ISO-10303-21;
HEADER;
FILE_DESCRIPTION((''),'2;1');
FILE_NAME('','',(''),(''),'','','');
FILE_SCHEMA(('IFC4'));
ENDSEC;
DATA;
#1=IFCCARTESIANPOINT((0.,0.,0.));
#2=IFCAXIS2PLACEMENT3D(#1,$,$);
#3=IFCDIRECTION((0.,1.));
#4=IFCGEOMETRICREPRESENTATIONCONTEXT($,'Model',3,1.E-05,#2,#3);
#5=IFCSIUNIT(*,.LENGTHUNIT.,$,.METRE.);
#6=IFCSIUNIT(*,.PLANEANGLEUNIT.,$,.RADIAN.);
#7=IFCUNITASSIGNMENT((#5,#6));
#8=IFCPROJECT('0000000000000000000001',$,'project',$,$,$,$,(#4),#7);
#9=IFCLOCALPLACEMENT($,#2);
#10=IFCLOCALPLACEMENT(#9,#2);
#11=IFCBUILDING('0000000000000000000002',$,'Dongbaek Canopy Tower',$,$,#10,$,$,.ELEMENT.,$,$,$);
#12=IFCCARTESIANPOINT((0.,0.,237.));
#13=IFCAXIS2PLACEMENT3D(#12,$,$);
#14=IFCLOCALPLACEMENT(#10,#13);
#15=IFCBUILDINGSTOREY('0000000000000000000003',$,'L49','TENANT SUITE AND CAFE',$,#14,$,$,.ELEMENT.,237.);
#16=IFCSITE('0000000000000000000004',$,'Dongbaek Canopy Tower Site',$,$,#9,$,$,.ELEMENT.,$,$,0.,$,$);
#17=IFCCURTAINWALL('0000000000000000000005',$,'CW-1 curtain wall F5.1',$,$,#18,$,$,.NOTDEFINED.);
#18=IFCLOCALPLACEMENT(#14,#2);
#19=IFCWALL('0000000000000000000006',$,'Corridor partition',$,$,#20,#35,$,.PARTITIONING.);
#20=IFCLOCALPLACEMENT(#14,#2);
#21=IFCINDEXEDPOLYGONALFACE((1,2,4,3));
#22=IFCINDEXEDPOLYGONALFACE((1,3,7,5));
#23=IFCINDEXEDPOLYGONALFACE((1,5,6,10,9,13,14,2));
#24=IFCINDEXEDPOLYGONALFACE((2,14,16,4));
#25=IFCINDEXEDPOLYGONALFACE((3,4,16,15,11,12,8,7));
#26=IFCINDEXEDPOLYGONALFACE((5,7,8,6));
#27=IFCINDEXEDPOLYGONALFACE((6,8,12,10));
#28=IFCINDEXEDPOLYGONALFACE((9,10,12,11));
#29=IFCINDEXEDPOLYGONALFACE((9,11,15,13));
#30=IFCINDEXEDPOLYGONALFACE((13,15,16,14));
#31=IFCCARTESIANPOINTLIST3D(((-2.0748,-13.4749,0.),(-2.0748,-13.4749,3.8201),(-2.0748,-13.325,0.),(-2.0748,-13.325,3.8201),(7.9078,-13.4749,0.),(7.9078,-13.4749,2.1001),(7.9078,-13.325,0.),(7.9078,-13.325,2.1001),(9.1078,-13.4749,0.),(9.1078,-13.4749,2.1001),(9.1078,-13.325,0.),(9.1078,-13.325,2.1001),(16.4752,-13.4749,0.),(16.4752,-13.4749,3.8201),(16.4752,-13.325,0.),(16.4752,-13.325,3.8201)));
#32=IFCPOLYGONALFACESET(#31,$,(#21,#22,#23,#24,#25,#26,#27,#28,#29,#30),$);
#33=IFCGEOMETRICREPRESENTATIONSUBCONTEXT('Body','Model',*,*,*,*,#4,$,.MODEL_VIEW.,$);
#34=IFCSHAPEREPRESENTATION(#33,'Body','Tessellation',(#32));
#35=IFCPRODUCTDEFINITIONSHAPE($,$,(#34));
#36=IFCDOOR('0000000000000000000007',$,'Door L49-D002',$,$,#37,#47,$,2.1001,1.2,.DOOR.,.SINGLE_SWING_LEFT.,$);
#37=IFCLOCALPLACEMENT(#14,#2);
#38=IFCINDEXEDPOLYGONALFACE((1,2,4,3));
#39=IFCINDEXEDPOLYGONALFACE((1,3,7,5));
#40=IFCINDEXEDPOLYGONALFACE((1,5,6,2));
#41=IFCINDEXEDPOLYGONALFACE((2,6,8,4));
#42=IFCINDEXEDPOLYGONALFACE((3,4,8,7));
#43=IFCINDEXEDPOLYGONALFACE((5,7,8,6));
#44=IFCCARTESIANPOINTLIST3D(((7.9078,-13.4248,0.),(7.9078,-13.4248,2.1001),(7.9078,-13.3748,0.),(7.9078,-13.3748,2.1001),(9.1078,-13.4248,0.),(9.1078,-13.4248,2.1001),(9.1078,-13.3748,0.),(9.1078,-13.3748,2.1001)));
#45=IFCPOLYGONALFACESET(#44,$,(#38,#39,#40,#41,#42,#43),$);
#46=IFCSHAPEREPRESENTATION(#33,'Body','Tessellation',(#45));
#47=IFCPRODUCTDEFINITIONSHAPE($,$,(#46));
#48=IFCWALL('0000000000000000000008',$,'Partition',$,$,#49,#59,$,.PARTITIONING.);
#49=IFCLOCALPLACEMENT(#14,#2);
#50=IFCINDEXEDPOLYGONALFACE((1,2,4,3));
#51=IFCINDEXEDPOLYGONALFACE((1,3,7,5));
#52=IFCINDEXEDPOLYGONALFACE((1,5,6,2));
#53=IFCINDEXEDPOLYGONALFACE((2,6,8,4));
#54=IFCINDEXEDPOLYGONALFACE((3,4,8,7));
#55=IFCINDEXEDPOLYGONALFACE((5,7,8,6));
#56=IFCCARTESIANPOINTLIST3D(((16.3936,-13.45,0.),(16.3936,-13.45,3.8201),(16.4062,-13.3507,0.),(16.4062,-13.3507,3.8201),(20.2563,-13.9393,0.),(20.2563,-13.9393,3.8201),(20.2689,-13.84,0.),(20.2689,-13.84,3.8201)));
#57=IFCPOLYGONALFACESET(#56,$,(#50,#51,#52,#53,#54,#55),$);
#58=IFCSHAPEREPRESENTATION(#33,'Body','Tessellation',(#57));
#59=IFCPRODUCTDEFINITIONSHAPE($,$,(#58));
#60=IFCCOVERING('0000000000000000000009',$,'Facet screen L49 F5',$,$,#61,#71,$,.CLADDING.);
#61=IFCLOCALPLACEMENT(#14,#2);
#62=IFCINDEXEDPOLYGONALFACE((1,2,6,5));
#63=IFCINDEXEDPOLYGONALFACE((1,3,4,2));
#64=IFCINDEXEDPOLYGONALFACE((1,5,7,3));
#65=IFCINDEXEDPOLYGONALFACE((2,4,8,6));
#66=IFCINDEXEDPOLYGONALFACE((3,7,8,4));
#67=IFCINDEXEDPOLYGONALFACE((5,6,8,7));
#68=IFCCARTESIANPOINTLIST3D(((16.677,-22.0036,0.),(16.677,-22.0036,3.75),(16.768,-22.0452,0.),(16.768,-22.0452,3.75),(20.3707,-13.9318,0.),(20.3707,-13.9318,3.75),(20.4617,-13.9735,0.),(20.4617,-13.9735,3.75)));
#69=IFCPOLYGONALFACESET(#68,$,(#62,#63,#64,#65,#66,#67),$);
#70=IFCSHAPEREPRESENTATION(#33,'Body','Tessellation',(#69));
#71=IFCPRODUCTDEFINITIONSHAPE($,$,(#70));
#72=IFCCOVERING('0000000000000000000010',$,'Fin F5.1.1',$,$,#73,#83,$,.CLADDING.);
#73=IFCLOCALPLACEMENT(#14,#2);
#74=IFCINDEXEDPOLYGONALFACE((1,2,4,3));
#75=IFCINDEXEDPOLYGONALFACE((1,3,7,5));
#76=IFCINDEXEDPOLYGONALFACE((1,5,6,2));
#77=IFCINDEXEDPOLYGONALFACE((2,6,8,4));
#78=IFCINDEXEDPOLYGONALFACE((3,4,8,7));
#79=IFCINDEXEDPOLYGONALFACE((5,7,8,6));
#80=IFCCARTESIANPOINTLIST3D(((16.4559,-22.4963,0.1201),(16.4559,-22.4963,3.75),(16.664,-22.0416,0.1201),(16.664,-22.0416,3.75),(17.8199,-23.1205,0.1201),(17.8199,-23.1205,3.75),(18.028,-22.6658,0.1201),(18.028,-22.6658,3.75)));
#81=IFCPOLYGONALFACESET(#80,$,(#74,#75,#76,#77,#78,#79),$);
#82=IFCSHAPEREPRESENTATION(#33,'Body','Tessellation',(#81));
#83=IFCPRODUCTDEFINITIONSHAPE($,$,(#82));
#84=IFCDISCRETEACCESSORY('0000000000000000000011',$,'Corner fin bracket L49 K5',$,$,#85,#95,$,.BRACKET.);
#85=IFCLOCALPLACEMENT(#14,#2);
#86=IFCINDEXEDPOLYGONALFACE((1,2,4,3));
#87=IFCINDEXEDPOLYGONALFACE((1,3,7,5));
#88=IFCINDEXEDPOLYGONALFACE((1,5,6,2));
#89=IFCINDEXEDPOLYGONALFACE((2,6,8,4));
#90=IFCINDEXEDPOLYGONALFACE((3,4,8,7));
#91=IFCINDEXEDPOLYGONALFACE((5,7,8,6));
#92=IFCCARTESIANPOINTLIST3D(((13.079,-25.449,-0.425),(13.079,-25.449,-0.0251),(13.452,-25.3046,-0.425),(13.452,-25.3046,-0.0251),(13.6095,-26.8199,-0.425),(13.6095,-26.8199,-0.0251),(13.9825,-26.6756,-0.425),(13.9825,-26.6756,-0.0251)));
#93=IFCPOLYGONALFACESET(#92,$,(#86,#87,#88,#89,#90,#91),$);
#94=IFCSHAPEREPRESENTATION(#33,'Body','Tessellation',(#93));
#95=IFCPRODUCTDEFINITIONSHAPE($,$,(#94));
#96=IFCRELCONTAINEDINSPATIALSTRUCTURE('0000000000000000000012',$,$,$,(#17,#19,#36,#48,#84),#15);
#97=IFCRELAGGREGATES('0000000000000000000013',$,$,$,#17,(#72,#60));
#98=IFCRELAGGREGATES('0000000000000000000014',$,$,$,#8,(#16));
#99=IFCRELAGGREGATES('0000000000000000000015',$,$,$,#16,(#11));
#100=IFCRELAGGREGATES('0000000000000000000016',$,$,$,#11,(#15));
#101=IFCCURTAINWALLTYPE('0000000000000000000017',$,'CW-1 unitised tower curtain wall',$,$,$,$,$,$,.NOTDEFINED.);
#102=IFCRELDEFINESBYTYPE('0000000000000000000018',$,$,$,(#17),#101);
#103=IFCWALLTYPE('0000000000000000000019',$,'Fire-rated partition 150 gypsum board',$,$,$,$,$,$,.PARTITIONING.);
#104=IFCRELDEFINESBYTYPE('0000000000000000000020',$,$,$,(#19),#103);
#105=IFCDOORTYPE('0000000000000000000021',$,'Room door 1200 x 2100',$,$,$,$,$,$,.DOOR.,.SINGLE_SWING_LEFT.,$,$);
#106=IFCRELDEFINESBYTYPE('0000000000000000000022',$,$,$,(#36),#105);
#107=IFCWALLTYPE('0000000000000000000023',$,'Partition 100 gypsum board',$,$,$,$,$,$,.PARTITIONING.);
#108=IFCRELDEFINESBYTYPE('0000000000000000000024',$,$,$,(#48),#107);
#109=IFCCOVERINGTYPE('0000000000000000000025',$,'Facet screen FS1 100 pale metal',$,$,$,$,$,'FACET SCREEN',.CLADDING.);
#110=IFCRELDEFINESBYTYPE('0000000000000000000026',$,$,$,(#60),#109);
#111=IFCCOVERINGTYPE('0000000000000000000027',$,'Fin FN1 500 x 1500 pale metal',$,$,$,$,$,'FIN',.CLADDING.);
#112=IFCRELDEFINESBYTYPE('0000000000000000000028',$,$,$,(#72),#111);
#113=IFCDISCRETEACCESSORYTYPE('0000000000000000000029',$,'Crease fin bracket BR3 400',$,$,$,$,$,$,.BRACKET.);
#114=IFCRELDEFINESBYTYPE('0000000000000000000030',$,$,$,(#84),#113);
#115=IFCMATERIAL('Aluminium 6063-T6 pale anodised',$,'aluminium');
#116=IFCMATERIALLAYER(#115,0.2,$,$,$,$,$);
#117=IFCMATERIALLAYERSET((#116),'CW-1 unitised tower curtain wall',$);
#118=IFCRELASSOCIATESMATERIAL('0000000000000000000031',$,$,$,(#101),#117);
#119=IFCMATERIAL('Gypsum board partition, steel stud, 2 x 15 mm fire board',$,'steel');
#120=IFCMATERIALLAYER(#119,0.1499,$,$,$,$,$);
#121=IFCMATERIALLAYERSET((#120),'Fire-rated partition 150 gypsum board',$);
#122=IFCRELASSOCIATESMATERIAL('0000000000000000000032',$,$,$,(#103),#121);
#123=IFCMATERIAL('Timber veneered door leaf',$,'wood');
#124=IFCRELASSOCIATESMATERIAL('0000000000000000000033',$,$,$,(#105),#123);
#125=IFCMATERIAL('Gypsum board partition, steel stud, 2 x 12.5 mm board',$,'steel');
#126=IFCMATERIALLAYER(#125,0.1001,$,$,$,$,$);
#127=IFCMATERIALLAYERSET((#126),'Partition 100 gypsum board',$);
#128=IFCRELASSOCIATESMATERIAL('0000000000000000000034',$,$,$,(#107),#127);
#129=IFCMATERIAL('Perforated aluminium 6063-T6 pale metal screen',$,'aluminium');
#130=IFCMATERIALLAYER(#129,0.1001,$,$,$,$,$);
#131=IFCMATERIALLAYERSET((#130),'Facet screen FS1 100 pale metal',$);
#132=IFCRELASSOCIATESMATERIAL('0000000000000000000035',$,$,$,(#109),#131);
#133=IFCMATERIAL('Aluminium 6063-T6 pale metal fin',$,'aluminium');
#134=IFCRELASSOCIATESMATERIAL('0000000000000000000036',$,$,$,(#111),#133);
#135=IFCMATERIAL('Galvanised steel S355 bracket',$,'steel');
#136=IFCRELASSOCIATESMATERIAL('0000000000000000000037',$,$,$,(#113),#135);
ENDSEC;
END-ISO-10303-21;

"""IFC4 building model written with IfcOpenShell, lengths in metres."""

from ifc_helpers import new_model, si_unit, direction, frame, frame_2d, origin, origin_2d, place, context, subcontext, project, spatial, rectangle, extrude, material, layer, layer_set, material_profile, profile_set, type_object, element, fill, aggregate, save


model = new_model("IFC4")

# Units and contexts
model_context = context("Model", 3, precision=1e-05, world=origin(), true_north=direction((0.0, 1.0)))
body_context = subcontext(model_context, "Body", "Model", "MODEL_VIEW")
ifc_project = project(units=[si_unit("LENGTHUNIT", "METRE"), si_unit("PLANEANGLEUNIT", "RADIAN")], contexts=[model_context])

# Site, building, storey
site_placement = place(None, origin())
site = spatial("IfcSite", under=ifc_project, at=site_placement, Name="Dongbaek Canopy Tower Site", CompositionType="ELEMENT", RefElevation=0.0)
building_placement = place(site_placement, origin())
building = spatial("IfcBuilding", under=site, at=building_placement, Name="Dongbaek Canopy Tower", CompositionType="ELEMENT")
storey_placement = place(building_placement, frame((0.0, 0.0, 237.0)))
storey = spatial("IfcBuildingStorey", under=building, at=storey_placement, Name="L49", Description="TENANT SUITE AND CAFE", CompositionType="ELEMENT", Elevation=237.0)

# Curtain wall
ifc_material_1 = material(Name="Aluminium 6063-T6 pale anodised", Category="aluminium")
ifc_layer_1 = layer(ifc_material_1, 0.2)
ifc_layer_set_1 = layer_set([ifc_layer_1], Name="CW-1 unitised tower curtain wall")
curtain_wall_type = type_object("IfcCurtainWallType", Name="CW-1 unitised tower curtain wall", PredefinedType="NOTDEFINED", material=ifc_layer_set_1)
curtain_wall_1_placement = place(storey_placement, origin())
curtain_wall_1 = element("IfcCurtainWall", 1, at=curtain_wall_1_placement, inside=storey, type_object=curtain_wall_type, Name="CW-1 curtain wall F5.1", PredefinedType="NOTDEFINED")

# Wall, opening, door
ifc_material_2 = material(Name="Gypsum board partition, steel stud, 2 x 15 mm fire board", Category="steel")
ifc_layer_2 = layer(ifc_material_2, 0.1499)
ifc_layer_set_2 = layer_set([ifc_layer_2], Name="Fire-rated partition 150 gypsum board")
wall_type_1 = type_object("IfcWallType", Name="Fire-rated partition 150 gypsum board", PredefinedType="PARTITIONING", material=ifc_layer_set_2)
wall_1_placement = place(storey_placement, frame((16.4751, -13.3999, 0.0), z_axis=(0.0, 0.0, 1.0), x_axis=(-1.0, 0.0, 0.0)))
wall_1 = element("IfcWall", 2, at=wall_1_placement, inside=storey, type_object=wall_type_1, Name="Corridor partition", PredefinedType="PARTITIONING", context=body_context, shape_type="SweptSolid", body=[
    extrude(rectangle(XDim=18.55, YDim=0.1499, at=frame_2d((9.2749, 0.0))), origin(), (0.0, 0.0, 1.0), 3.8201),
])
opening_1_placement = place(wall_1_placement, frame((7.3672, 0.0, 0.0)))
opening_1 = element("IfcOpeningElement", 3, at=opening_1_placement, cuts=wall_1, PredefinedType="OPENING", context=body_context, shape_type="SweptSolid", body=[
    extrude(rectangle(XDim=1.2, YDim=2.1001, at=frame_2d((0.6001, 1.05))), frame((0.0, 0.085, 0.0), z_axis=(0.0, -1.0, 0.0), x_axis=(1.0, 0.0, 0.0)), (0.0, 0.0, 1.0), 0.1699),
])
ifc_material_3 = material(Name="Timber veneered door leaf", Category="wood")
door_type_1 = type_object("IfcDoorType", Name="Room door 1200 x 2100", OperationType="SINGLE_SWING_LEFT", PredefinedType="DOOR", material=ifc_material_3)
door_1_placement = place(opening_1_placement, origin())
door_1 = element("IfcDoor", 4, at=door_1_placement, inside=storey, type_object=door_type_1, Name="Door L49-D002", OperationType="SINGLE_SWING_LEFT", OverallHeight=2.1001, OverallWidth=1.2, PredefinedType="DOOR", context=body_context, shape_type="SweptSolid", body=[
    extrude(rectangle(XDim=1.2, YDim=2.1001, at=frame_2d((0.6001, 1.05))), frame((0.0, 0.0249, 0.0), z_axis=(0.0, -1.0, 0.0), x_axis=(1.0, 0.0, 0.0)), (0.0, 0.0, 1.0), 0.05),
])
fill(opening_1, door_1)

# Wall
ifc_material_4 = material(Name="Gypsum board partition, steel stud, 2 x 12.5 mm board", Category="steel")
ifc_layer_3 = layer(ifc_material_4, 0.1001)
ifc_layer_set_3 = layer_set([ifc_layer_3], Name="Partition 100 gypsum board")
wall_type_2 = type_object("IfcWallType", Name="Partition 100 gypsum board", PredefinedType="PARTITIONING", material=ifc_layer_set_3)
wall_2_placement = place(storey_placement, frame((16.3999, -13.4004, 0.0), z_axis=(0.0, 0.0, 1.0), x_axis=(0.992074, -0.125655, 0.0)))
element("IfcWall", 5, at=wall_2_placement, inside=storey, type_object=wall_type_2, Name="Partition", PredefinedType="PARTITIONING", context=body_context, shape_type="SweptSolid", body=[
    extrude(rectangle(XDim=3.8936, YDim=0.1001, at=frame_2d((1.9468, 0.0))), origin(), (0.0, 0.0, 1.0), 3.8201),
])

# Coverings
ifc_material_5 = material(Name="Perforated aluminium 6063-T6 pale metal screen", Category="aluminium")
ifc_layer_4 = layer(ifc_material_5, 0.1001)
ifc_layer_set_4 = layer_set([ifc_layer_4], Name="Facet screen FS1 100 pale metal")
covering_type_1 = type_object("IfcCoveringType", Name="Facet screen FS1 100 pale metal", ElementType="FACET SCREEN", PredefinedType="CLADDING", material=ifc_layer_set_4)
covering_1_placement = place(storey_placement, frame((18.5693, -17.9885, 0.0), z_axis=(0.0, 0.0, 1.0), x_axis=(0.416113, 0.909313, 0.0)))
covering_1 = element("IfcCovering", 6, at=covering_1_placement, type_object=covering_type_1, Name="Facet screen L49 F5", PredefinedType="CLADDING", context=body_context, shape_type="SweptSolid", body=[
    extrude(rectangle(XDim=8.8767, YDim=0.1001, at=origin_2d()), origin(), (0.0, 0.0, 1.0), 3.75),
])
ifc_material_6 = material(Name="Aluminium 6063-T6 pale metal fin", Category="aluminium")
ifc_material_profile_1 = material_profile(ifc_material_6, rectangle(XDim=1.5, YDim=0.5, at=origin_2d()), Name="Fin FN1 500 x 1500 pale metal")
ifc_profile_set_1 = profile_set([ifc_material_profile_1], Name="Aluminium 6063-T6 pale metal fin")
covering_type_2 = type_object("IfcCoveringType", Name="Fin FN1 500 x 1500 pale metal", ElementType="FIN", PredefinedType="CLADDING", material=ifc_profile_set_1)
covering_2_placement = place(storey_placement, frame((17.2419, -22.5811, 0.1201), z_axis=(0.0, 0.0, 1.0), x_axis=(0.909313, -0.416113, 0.0)))
covering_2 = element("IfcCovering", 7, at=covering_2_placement, type_object=covering_type_2, Name="Fin F5.1.1", PredefinedType="CLADDING", context=body_context, shape_type="SweptSolid", body=[
    extrude(rectangle(XDim=1.5, YDim=0.5, at=origin_2d()), origin(), (0.0, 0.0, 1.0), 3.6299),
])
aggregate(curtain_wall_1, [covering_2, covering_1])

# Discrete accessory
ifc_material_7 = material(Name="Galvanised steel S355 bracket", Category="steel")
discrete_accessory_type = type_object("IfcDiscreteAccessoryType", Name="Crease fin bracket BR3 400", PredefinedType="BRACKET", material=ifc_material_7)
discrete_accessory_placement = place(storey_placement, frame((13.5308, -26.0623, -0.425), z_axis=(0.0, 0.0, 1.0), x_axis=(0.360882, -0.932611, 0.0)))
element("IfcDiscreteAccessory", 8, at=discrete_accessory_placement, inside=storey, type_object=discrete_accessory_type, Name="Corner fin bracket L49 K5", PredefinedType="BRACKET", context=body_context, shape_type="SweptSolid", body=[
    extrude(rectangle(XDim=1.47, YDim=0.3999, at=origin_2d()), origin(), (0.0, 0.0, 1.0), 0.3999),
])

save(model, "model.ifc")
